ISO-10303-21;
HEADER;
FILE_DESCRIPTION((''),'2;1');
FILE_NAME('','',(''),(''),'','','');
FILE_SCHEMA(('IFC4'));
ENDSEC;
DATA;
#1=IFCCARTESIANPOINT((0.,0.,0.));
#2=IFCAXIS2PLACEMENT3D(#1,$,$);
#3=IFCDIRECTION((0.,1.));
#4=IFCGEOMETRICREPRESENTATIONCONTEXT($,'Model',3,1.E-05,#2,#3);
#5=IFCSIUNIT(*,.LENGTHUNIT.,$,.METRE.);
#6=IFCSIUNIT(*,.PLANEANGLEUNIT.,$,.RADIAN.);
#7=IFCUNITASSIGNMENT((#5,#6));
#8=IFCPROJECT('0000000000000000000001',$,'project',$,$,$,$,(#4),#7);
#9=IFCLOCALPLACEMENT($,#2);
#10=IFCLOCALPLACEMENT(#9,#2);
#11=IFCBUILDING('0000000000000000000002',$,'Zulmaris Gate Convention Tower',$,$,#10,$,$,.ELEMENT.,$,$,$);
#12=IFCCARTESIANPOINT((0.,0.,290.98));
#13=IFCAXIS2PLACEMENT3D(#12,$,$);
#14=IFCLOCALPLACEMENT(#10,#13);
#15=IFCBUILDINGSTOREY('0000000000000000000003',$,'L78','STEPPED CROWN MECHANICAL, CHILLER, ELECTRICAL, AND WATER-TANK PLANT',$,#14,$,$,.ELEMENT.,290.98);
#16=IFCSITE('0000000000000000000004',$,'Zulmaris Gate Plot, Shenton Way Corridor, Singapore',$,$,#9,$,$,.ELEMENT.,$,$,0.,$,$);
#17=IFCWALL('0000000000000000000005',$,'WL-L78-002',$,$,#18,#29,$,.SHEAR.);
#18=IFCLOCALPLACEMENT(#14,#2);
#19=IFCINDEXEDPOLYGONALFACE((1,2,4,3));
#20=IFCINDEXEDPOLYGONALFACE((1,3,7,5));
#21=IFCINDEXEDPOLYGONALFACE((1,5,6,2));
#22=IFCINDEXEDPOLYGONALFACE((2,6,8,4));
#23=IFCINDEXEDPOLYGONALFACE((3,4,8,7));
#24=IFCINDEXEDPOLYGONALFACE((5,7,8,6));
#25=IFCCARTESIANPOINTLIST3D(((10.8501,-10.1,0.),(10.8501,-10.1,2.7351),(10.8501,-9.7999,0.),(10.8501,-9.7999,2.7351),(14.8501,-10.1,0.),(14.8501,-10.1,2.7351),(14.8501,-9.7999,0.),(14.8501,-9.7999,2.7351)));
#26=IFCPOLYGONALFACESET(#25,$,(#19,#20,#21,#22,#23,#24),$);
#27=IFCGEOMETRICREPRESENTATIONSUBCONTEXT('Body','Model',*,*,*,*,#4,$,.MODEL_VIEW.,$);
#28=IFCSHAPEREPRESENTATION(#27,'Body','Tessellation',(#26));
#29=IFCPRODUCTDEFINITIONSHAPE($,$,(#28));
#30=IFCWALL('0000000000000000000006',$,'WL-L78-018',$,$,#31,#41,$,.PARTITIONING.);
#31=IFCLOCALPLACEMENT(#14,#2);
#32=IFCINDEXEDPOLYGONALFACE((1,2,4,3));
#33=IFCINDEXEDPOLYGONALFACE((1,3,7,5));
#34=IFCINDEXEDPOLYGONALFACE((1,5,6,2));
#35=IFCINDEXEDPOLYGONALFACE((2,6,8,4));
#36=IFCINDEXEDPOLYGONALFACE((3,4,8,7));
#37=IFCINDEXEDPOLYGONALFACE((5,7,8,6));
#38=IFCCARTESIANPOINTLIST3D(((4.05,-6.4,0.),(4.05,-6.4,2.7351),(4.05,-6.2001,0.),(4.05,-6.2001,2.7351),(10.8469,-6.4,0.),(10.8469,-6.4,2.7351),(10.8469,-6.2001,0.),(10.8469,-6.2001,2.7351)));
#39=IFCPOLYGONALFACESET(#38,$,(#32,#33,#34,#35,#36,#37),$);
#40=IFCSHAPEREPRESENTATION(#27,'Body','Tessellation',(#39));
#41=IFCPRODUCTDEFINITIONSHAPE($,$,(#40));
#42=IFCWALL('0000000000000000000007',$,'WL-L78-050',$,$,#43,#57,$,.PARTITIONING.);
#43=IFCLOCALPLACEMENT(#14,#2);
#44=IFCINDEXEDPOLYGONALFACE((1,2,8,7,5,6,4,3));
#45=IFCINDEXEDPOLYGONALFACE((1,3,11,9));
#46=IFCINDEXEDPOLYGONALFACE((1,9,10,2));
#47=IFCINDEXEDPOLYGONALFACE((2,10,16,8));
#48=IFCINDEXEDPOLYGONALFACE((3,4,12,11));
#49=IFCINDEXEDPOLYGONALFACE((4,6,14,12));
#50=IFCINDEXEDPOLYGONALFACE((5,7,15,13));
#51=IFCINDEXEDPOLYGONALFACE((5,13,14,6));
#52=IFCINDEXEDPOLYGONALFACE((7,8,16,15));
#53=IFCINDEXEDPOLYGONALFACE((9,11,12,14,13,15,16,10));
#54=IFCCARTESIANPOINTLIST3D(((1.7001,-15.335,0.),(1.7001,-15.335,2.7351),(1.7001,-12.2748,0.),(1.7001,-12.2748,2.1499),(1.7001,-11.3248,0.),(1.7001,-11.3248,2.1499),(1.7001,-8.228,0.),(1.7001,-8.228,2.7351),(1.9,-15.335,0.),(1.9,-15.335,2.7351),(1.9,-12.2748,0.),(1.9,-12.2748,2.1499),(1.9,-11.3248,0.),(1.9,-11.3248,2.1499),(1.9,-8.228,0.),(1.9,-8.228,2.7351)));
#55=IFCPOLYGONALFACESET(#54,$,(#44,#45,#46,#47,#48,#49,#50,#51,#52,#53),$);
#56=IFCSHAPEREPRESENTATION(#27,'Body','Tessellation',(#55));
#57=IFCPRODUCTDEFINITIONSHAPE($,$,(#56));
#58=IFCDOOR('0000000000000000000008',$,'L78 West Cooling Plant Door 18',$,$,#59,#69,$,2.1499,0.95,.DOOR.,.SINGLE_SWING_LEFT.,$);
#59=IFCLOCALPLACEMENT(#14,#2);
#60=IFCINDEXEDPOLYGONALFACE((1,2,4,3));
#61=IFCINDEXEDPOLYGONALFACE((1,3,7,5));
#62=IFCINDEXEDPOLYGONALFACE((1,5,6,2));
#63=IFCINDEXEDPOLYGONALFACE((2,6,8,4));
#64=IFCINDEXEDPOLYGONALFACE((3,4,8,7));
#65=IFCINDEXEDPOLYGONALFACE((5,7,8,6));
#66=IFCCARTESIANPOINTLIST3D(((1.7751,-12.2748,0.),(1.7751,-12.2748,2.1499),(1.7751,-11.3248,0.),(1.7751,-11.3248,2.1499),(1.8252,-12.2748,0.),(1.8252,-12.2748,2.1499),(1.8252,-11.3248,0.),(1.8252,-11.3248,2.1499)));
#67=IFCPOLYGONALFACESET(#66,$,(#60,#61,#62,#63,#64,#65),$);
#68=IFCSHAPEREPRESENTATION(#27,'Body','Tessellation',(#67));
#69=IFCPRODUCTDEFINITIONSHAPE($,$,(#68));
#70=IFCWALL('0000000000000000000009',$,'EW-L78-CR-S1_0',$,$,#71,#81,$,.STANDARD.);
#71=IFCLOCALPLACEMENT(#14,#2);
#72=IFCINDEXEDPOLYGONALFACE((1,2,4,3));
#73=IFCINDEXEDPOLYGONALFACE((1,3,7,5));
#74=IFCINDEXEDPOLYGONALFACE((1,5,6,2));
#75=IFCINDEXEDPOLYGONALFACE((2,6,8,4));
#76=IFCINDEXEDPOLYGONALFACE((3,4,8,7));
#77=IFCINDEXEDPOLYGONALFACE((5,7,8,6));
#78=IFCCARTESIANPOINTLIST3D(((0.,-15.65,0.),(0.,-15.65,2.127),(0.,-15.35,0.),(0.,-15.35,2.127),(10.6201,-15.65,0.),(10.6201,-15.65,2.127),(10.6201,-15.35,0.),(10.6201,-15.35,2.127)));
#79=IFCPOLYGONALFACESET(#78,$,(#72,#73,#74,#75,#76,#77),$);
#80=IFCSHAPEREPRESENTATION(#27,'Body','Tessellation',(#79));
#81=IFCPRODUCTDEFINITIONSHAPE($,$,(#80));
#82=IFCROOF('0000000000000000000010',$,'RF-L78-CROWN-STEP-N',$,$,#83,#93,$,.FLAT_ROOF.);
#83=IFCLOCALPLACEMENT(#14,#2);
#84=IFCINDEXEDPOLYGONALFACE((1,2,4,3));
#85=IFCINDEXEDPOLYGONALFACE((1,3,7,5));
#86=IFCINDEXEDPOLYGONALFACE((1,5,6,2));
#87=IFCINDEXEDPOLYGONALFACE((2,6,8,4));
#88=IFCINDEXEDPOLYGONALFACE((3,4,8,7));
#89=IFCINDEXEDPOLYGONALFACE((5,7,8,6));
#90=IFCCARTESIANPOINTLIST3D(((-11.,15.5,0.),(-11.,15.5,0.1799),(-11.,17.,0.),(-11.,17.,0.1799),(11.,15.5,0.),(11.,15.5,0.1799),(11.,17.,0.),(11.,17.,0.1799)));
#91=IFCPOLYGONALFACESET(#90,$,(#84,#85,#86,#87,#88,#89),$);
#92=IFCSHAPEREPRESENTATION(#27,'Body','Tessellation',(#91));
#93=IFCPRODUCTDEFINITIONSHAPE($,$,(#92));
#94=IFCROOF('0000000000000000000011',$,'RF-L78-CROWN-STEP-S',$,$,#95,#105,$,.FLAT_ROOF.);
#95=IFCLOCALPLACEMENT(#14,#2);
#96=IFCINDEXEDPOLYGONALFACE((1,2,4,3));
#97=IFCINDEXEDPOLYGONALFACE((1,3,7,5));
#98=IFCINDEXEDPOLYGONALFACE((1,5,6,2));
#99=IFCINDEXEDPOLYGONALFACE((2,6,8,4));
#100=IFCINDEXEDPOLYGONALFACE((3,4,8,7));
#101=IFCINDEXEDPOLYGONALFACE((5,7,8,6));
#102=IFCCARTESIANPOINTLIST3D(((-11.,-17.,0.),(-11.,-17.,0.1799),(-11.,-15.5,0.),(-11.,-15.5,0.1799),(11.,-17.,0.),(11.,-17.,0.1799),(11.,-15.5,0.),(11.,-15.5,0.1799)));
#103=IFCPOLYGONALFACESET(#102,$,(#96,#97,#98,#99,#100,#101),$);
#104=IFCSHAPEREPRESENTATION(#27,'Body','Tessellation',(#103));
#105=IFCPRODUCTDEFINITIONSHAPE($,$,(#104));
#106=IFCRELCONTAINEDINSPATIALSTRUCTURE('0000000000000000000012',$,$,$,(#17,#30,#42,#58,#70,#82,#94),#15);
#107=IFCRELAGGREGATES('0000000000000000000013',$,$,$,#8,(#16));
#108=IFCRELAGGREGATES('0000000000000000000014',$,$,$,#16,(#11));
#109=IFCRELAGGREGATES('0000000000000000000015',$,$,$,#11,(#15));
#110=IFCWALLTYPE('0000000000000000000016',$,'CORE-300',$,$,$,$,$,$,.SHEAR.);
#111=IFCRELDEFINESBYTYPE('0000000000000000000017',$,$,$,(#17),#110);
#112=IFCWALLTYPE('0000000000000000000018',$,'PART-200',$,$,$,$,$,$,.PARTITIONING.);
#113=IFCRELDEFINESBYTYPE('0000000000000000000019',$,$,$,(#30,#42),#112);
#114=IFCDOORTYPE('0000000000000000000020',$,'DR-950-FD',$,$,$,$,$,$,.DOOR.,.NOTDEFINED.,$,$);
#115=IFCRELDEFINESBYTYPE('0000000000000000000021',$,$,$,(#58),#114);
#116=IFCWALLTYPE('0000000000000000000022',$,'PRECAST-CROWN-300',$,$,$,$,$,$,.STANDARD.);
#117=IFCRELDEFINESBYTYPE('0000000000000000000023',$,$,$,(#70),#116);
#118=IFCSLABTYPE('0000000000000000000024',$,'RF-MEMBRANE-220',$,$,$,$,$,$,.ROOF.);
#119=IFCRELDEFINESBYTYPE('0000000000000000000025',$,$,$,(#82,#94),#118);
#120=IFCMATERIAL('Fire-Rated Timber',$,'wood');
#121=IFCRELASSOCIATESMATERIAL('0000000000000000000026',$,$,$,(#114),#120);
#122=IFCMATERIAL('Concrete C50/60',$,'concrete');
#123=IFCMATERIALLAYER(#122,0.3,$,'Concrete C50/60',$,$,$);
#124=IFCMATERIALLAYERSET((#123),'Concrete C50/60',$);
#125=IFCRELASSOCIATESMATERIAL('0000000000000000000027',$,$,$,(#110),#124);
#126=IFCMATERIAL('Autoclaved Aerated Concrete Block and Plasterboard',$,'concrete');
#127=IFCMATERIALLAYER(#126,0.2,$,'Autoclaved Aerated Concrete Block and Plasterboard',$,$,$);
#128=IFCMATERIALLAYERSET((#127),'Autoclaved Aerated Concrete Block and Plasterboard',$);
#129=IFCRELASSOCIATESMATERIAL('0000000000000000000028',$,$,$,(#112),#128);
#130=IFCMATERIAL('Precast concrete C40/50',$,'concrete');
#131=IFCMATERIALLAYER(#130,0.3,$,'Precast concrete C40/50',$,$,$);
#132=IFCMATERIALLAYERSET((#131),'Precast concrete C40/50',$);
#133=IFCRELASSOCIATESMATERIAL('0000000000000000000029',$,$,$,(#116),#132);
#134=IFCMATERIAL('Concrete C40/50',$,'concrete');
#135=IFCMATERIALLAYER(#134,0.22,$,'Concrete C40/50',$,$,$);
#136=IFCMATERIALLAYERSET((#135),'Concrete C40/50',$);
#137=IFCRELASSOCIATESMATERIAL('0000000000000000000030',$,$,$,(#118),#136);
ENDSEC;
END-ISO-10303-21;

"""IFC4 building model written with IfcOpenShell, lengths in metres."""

from ifc_helpers import new_model, si_unit, direction, frame, frame_2d, origin, place, context, subcontext, project, spatial, polyline, rectangle, outline, extrude, material, layer, layer_set, type_object, element, fill, save


model = new_model("IFC4")

# Units and contexts
model_context = context("Model", 3, precision=1e-05, world=origin(), true_north=direction((0.0, 1.0)))
body_context = subcontext(model_context, "Body", "Model", "MODEL_VIEW")
ifc_project = project(units=[si_unit("LENGTHUNIT", "METRE"), si_unit("PLANEANGLEUNIT", "RADIAN")], contexts=[model_context])

# Site, building, storey
site_placement = place(None, origin())
site = spatial("IfcSite", under=ifc_project, at=site_placement, Name="Zulmaris Gate Plot, Shenton Way Corridor, Singapore", CompositionType="ELEMENT", RefElevation=0.0)
building_placement = place(site_placement, origin())
building = spatial("IfcBuilding", under=site, at=building_placement, Name="Zulmaris Gate Convention Tower", CompositionType="ELEMENT")
storey_placement = place(building_placement, frame((0.0, 0.0, 290.98)))
storey = spatial("IfcBuildingStorey", under=building, at=storey_placement, Name="L78", Description="STEPPED CROWN MECHANICAL, CHILLER, ELECTRICAL, AND WATER-TANK PLANT", CompositionType="ELEMENT", Elevation=290.98)

# Shared definitions
ifc_material_1 = material(Name="Concrete C50/60", Category="concrete")

# Shared definitions
ifc_material_2 = material(Name="Fire-Rated Timber", Category="wood")
door_type_1 = type_object("IfcDoorType", Name="DR-950-FD", OperationType="NOTDEFINED", PredefinedType="DOOR", material=ifc_material_2)

# Wall
ifc_layer_1 = layer(ifc_material_1, 0.3, Name="Concrete C50/60")
ifc_layer_set_1 = layer_set([ifc_layer_1], Name="Concrete C50/60")
wall_type_1 = type_object("IfcWallType", Name="CORE-300", PredefinedType="SHEAR", material=ifc_layer_set_1)
wall_1_placement = place(storey_placement, frame((10.8501, -9.95, 0.0), z_axis=(0.0, 0.0, 1.0), x_axis=(1.0, 0.0, 0.0)))
element("IfcWall", 1, at=wall_1_placement, inside=storey, type_object=wall_type_1, Name="WL-L78-002", PredefinedType="SHEAR", context=body_context, shape_type="SweptSolid", body=[
    extrude(rectangle(XDim=4.0, YDim=0.3, at=frame_2d((2.0, 0.0))), origin(), (0.0, 0.0, 1.0), 2.7351),
])

# Shared definitions
ifc_material_3 = material(Name="Autoclaved Aerated Concrete Block and Plasterboard", Category="concrete")
ifc_layer_2 = layer(ifc_material_3, 0.2, Name="Autoclaved Aerated Concrete Block and Plasterboard")
ifc_layer_set_2 = layer_set([ifc_layer_2], Name="Autoclaved Aerated Concrete Block and Plasterboard")
wall_type_2 = type_object("IfcWallType", Name="PART-200", PredefinedType="PARTITIONING", material=ifc_layer_set_2)

# Wall
wall_2_placement = place(storey_placement, frame((4.05, -6.3, 0.0), z_axis=(0.0, 0.0, 1.0), x_axis=(1.0, 0.0, 0.0)))
element("IfcWall", 2, at=wall_2_placement, inside=storey, type_object=wall_type_2, Name="WL-L78-018", PredefinedType="PARTITIONING", context=body_context, shape_type="SweptSolid", body=[
    extrude(rectangle(XDim=6.7969, YDim=0.2, at=frame_2d((3.3984, 0.0))), origin(), (0.0, 0.0, 1.0), 2.7351),
])

# Wall, opening, door
wall_3_placement = place(storey_placement, frame((1.8, -15.335, 0.0), z_axis=(0.0, 0.0, 1.0), x_axis=(0.0, 1.0, 0.0)))
wall_3 = element("IfcWall", 3, at=wall_3_placement, inside=storey, type_object=wall_type_2, Name="WL-L78-050", PredefinedType="PARTITIONING", context=body_context, shape_type="SweptSolid", body=[
    extrude(rectangle(XDim=7.1069, YDim=0.2, at=frame_2d((3.5535, 0.0))), origin(), (0.0, 0.0, 1.0), 2.7351),
])
opening_1_placement = place(wall_3_placement, frame((3.0601, 0.0, 0.0)))
opening_1 = element("IfcOpeningElement", 4, at=opening_1_placement, cuts=wall_3, PredefinedType="OPENING", context=body_context, shape_type="SweptSolid", body=[
    extrude(rectangle(XDim=0.95, YDim=2.1499, at=frame_2d((0.4751, 1.075))), frame((0.0, 0.1099, 0.0), z_axis=(0.0, -1.0, 0.0), x_axis=(1.0, 0.0, 0.0)), (0.0, 0.0, 1.0), 0.22),
])
door_1_placement = place(opening_1_placement, origin())
door_1 = element("IfcDoor", 5, at=door_1_placement, inside=storey, type_object=door_type_1, Name="L78 West Cooling Plant Door 18", OperationType="SINGLE_SWING_LEFT", OverallHeight=2.1499, OverallWidth=0.95, PredefinedType="DOOR", context=body_context, shape_type="SweptSolid", body=[
    extrude(rectangle(XDim=0.95, YDim=2.1499, at=frame_2d((0.4751, 1.075))), frame((0.0, 0.0249, 0.0), z_axis=(0.0, -1.0, 0.0), x_axis=(1.0, 0.0, 0.0)), (0.0, 0.0, 1.0), 0.05),
])
fill(opening_1, door_1)

# Wall
ifc_material_4 = material(Name="Precast concrete C40/50", Category="concrete")
ifc_layer_3 = layer(ifc_material_4, 0.3, Name="Precast concrete C40/50")
ifc_layer_set_3 = layer_set([ifc_layer_3], Name="Precast concrete C40/50")
wall_type_3 = type_object("IfcWallType", Name="PRECAST-CROWN-300", PredefinedType="STANDARD", material=ifc_layer_set_3)
wall_4_placement = place(storey_placement, frame((0.0, -15.5, 0.0), z_axis=(0.0, 0.0, 1.0), x_axis=(1.0, 0.0, 0.0)))
element("IfcWall", 6, at=wall_4_placement, inside=storey, type_object=wall_type_3, Name="EW-L78-CR-S1_0", PredefinedType="STANDARD", context=body_context, shape_type="SweptSolid", body=[
    extrude(rectangle(XDim=10.6201, YDim=0.3, at=frame_2d((5.3101, 0.0))), origin(), (0.0, 0.0, 1.0), 2.127),
])

# Roofs
ifc_material_5 = material(Name="Concrete C40/50", Category="concrete")
ifc_layer_4 = layer(ifc_material_5, 0.22, Name="Concrete C40/50")
ifc_layer_set_4 = layer_set([ifc_layer_4], Name="Concrete C40/50")
slab_type_1 = type_object("IfcSlabType", Name="RF-MEMBRANE-220", PredefinedType="ROOF", material=ifc_layer_set_4)
roof_1_placement = place(storey_placement, origin())
element("IfcRoof", 7, at=roof_1_placement, inside=storey, type_object=slab_type_1, Name="RF-L78-CROWN-STEP-N", PredefinedType="FLAT_ROOF", context=body_context, shape_type="SweptSolid", body=[
    extrude(outline(polyline([(-11.0, 15.5), (11.0, 15.5), (11.0, 17.0), (-11.0, 17.0), (-11.0, 15.5)])), origin(), (0.0, 0.0, 1.0), 0.1799),
])
roof_2_placement = place(storey_placement, origin())
element("IfcRoof", 8, at=roof_2_placement, inside=storey, type_object=slab_type_1, Name="RF-L78-CROWN-STEP-S", PredefinedType="FLAT_ROOF", context=body_context, shape_type="SweptSolid", body=[
    extrude(outline(polyline([(-11.0, -17.0), (11.0, -17.0), (11.0, -15.5), (-11.0, -15.5), (-11.0, -17.0)])), origin(), (0.0, 0.0, 1.0), 0.1799),
])

save(model, "model.ifc")
